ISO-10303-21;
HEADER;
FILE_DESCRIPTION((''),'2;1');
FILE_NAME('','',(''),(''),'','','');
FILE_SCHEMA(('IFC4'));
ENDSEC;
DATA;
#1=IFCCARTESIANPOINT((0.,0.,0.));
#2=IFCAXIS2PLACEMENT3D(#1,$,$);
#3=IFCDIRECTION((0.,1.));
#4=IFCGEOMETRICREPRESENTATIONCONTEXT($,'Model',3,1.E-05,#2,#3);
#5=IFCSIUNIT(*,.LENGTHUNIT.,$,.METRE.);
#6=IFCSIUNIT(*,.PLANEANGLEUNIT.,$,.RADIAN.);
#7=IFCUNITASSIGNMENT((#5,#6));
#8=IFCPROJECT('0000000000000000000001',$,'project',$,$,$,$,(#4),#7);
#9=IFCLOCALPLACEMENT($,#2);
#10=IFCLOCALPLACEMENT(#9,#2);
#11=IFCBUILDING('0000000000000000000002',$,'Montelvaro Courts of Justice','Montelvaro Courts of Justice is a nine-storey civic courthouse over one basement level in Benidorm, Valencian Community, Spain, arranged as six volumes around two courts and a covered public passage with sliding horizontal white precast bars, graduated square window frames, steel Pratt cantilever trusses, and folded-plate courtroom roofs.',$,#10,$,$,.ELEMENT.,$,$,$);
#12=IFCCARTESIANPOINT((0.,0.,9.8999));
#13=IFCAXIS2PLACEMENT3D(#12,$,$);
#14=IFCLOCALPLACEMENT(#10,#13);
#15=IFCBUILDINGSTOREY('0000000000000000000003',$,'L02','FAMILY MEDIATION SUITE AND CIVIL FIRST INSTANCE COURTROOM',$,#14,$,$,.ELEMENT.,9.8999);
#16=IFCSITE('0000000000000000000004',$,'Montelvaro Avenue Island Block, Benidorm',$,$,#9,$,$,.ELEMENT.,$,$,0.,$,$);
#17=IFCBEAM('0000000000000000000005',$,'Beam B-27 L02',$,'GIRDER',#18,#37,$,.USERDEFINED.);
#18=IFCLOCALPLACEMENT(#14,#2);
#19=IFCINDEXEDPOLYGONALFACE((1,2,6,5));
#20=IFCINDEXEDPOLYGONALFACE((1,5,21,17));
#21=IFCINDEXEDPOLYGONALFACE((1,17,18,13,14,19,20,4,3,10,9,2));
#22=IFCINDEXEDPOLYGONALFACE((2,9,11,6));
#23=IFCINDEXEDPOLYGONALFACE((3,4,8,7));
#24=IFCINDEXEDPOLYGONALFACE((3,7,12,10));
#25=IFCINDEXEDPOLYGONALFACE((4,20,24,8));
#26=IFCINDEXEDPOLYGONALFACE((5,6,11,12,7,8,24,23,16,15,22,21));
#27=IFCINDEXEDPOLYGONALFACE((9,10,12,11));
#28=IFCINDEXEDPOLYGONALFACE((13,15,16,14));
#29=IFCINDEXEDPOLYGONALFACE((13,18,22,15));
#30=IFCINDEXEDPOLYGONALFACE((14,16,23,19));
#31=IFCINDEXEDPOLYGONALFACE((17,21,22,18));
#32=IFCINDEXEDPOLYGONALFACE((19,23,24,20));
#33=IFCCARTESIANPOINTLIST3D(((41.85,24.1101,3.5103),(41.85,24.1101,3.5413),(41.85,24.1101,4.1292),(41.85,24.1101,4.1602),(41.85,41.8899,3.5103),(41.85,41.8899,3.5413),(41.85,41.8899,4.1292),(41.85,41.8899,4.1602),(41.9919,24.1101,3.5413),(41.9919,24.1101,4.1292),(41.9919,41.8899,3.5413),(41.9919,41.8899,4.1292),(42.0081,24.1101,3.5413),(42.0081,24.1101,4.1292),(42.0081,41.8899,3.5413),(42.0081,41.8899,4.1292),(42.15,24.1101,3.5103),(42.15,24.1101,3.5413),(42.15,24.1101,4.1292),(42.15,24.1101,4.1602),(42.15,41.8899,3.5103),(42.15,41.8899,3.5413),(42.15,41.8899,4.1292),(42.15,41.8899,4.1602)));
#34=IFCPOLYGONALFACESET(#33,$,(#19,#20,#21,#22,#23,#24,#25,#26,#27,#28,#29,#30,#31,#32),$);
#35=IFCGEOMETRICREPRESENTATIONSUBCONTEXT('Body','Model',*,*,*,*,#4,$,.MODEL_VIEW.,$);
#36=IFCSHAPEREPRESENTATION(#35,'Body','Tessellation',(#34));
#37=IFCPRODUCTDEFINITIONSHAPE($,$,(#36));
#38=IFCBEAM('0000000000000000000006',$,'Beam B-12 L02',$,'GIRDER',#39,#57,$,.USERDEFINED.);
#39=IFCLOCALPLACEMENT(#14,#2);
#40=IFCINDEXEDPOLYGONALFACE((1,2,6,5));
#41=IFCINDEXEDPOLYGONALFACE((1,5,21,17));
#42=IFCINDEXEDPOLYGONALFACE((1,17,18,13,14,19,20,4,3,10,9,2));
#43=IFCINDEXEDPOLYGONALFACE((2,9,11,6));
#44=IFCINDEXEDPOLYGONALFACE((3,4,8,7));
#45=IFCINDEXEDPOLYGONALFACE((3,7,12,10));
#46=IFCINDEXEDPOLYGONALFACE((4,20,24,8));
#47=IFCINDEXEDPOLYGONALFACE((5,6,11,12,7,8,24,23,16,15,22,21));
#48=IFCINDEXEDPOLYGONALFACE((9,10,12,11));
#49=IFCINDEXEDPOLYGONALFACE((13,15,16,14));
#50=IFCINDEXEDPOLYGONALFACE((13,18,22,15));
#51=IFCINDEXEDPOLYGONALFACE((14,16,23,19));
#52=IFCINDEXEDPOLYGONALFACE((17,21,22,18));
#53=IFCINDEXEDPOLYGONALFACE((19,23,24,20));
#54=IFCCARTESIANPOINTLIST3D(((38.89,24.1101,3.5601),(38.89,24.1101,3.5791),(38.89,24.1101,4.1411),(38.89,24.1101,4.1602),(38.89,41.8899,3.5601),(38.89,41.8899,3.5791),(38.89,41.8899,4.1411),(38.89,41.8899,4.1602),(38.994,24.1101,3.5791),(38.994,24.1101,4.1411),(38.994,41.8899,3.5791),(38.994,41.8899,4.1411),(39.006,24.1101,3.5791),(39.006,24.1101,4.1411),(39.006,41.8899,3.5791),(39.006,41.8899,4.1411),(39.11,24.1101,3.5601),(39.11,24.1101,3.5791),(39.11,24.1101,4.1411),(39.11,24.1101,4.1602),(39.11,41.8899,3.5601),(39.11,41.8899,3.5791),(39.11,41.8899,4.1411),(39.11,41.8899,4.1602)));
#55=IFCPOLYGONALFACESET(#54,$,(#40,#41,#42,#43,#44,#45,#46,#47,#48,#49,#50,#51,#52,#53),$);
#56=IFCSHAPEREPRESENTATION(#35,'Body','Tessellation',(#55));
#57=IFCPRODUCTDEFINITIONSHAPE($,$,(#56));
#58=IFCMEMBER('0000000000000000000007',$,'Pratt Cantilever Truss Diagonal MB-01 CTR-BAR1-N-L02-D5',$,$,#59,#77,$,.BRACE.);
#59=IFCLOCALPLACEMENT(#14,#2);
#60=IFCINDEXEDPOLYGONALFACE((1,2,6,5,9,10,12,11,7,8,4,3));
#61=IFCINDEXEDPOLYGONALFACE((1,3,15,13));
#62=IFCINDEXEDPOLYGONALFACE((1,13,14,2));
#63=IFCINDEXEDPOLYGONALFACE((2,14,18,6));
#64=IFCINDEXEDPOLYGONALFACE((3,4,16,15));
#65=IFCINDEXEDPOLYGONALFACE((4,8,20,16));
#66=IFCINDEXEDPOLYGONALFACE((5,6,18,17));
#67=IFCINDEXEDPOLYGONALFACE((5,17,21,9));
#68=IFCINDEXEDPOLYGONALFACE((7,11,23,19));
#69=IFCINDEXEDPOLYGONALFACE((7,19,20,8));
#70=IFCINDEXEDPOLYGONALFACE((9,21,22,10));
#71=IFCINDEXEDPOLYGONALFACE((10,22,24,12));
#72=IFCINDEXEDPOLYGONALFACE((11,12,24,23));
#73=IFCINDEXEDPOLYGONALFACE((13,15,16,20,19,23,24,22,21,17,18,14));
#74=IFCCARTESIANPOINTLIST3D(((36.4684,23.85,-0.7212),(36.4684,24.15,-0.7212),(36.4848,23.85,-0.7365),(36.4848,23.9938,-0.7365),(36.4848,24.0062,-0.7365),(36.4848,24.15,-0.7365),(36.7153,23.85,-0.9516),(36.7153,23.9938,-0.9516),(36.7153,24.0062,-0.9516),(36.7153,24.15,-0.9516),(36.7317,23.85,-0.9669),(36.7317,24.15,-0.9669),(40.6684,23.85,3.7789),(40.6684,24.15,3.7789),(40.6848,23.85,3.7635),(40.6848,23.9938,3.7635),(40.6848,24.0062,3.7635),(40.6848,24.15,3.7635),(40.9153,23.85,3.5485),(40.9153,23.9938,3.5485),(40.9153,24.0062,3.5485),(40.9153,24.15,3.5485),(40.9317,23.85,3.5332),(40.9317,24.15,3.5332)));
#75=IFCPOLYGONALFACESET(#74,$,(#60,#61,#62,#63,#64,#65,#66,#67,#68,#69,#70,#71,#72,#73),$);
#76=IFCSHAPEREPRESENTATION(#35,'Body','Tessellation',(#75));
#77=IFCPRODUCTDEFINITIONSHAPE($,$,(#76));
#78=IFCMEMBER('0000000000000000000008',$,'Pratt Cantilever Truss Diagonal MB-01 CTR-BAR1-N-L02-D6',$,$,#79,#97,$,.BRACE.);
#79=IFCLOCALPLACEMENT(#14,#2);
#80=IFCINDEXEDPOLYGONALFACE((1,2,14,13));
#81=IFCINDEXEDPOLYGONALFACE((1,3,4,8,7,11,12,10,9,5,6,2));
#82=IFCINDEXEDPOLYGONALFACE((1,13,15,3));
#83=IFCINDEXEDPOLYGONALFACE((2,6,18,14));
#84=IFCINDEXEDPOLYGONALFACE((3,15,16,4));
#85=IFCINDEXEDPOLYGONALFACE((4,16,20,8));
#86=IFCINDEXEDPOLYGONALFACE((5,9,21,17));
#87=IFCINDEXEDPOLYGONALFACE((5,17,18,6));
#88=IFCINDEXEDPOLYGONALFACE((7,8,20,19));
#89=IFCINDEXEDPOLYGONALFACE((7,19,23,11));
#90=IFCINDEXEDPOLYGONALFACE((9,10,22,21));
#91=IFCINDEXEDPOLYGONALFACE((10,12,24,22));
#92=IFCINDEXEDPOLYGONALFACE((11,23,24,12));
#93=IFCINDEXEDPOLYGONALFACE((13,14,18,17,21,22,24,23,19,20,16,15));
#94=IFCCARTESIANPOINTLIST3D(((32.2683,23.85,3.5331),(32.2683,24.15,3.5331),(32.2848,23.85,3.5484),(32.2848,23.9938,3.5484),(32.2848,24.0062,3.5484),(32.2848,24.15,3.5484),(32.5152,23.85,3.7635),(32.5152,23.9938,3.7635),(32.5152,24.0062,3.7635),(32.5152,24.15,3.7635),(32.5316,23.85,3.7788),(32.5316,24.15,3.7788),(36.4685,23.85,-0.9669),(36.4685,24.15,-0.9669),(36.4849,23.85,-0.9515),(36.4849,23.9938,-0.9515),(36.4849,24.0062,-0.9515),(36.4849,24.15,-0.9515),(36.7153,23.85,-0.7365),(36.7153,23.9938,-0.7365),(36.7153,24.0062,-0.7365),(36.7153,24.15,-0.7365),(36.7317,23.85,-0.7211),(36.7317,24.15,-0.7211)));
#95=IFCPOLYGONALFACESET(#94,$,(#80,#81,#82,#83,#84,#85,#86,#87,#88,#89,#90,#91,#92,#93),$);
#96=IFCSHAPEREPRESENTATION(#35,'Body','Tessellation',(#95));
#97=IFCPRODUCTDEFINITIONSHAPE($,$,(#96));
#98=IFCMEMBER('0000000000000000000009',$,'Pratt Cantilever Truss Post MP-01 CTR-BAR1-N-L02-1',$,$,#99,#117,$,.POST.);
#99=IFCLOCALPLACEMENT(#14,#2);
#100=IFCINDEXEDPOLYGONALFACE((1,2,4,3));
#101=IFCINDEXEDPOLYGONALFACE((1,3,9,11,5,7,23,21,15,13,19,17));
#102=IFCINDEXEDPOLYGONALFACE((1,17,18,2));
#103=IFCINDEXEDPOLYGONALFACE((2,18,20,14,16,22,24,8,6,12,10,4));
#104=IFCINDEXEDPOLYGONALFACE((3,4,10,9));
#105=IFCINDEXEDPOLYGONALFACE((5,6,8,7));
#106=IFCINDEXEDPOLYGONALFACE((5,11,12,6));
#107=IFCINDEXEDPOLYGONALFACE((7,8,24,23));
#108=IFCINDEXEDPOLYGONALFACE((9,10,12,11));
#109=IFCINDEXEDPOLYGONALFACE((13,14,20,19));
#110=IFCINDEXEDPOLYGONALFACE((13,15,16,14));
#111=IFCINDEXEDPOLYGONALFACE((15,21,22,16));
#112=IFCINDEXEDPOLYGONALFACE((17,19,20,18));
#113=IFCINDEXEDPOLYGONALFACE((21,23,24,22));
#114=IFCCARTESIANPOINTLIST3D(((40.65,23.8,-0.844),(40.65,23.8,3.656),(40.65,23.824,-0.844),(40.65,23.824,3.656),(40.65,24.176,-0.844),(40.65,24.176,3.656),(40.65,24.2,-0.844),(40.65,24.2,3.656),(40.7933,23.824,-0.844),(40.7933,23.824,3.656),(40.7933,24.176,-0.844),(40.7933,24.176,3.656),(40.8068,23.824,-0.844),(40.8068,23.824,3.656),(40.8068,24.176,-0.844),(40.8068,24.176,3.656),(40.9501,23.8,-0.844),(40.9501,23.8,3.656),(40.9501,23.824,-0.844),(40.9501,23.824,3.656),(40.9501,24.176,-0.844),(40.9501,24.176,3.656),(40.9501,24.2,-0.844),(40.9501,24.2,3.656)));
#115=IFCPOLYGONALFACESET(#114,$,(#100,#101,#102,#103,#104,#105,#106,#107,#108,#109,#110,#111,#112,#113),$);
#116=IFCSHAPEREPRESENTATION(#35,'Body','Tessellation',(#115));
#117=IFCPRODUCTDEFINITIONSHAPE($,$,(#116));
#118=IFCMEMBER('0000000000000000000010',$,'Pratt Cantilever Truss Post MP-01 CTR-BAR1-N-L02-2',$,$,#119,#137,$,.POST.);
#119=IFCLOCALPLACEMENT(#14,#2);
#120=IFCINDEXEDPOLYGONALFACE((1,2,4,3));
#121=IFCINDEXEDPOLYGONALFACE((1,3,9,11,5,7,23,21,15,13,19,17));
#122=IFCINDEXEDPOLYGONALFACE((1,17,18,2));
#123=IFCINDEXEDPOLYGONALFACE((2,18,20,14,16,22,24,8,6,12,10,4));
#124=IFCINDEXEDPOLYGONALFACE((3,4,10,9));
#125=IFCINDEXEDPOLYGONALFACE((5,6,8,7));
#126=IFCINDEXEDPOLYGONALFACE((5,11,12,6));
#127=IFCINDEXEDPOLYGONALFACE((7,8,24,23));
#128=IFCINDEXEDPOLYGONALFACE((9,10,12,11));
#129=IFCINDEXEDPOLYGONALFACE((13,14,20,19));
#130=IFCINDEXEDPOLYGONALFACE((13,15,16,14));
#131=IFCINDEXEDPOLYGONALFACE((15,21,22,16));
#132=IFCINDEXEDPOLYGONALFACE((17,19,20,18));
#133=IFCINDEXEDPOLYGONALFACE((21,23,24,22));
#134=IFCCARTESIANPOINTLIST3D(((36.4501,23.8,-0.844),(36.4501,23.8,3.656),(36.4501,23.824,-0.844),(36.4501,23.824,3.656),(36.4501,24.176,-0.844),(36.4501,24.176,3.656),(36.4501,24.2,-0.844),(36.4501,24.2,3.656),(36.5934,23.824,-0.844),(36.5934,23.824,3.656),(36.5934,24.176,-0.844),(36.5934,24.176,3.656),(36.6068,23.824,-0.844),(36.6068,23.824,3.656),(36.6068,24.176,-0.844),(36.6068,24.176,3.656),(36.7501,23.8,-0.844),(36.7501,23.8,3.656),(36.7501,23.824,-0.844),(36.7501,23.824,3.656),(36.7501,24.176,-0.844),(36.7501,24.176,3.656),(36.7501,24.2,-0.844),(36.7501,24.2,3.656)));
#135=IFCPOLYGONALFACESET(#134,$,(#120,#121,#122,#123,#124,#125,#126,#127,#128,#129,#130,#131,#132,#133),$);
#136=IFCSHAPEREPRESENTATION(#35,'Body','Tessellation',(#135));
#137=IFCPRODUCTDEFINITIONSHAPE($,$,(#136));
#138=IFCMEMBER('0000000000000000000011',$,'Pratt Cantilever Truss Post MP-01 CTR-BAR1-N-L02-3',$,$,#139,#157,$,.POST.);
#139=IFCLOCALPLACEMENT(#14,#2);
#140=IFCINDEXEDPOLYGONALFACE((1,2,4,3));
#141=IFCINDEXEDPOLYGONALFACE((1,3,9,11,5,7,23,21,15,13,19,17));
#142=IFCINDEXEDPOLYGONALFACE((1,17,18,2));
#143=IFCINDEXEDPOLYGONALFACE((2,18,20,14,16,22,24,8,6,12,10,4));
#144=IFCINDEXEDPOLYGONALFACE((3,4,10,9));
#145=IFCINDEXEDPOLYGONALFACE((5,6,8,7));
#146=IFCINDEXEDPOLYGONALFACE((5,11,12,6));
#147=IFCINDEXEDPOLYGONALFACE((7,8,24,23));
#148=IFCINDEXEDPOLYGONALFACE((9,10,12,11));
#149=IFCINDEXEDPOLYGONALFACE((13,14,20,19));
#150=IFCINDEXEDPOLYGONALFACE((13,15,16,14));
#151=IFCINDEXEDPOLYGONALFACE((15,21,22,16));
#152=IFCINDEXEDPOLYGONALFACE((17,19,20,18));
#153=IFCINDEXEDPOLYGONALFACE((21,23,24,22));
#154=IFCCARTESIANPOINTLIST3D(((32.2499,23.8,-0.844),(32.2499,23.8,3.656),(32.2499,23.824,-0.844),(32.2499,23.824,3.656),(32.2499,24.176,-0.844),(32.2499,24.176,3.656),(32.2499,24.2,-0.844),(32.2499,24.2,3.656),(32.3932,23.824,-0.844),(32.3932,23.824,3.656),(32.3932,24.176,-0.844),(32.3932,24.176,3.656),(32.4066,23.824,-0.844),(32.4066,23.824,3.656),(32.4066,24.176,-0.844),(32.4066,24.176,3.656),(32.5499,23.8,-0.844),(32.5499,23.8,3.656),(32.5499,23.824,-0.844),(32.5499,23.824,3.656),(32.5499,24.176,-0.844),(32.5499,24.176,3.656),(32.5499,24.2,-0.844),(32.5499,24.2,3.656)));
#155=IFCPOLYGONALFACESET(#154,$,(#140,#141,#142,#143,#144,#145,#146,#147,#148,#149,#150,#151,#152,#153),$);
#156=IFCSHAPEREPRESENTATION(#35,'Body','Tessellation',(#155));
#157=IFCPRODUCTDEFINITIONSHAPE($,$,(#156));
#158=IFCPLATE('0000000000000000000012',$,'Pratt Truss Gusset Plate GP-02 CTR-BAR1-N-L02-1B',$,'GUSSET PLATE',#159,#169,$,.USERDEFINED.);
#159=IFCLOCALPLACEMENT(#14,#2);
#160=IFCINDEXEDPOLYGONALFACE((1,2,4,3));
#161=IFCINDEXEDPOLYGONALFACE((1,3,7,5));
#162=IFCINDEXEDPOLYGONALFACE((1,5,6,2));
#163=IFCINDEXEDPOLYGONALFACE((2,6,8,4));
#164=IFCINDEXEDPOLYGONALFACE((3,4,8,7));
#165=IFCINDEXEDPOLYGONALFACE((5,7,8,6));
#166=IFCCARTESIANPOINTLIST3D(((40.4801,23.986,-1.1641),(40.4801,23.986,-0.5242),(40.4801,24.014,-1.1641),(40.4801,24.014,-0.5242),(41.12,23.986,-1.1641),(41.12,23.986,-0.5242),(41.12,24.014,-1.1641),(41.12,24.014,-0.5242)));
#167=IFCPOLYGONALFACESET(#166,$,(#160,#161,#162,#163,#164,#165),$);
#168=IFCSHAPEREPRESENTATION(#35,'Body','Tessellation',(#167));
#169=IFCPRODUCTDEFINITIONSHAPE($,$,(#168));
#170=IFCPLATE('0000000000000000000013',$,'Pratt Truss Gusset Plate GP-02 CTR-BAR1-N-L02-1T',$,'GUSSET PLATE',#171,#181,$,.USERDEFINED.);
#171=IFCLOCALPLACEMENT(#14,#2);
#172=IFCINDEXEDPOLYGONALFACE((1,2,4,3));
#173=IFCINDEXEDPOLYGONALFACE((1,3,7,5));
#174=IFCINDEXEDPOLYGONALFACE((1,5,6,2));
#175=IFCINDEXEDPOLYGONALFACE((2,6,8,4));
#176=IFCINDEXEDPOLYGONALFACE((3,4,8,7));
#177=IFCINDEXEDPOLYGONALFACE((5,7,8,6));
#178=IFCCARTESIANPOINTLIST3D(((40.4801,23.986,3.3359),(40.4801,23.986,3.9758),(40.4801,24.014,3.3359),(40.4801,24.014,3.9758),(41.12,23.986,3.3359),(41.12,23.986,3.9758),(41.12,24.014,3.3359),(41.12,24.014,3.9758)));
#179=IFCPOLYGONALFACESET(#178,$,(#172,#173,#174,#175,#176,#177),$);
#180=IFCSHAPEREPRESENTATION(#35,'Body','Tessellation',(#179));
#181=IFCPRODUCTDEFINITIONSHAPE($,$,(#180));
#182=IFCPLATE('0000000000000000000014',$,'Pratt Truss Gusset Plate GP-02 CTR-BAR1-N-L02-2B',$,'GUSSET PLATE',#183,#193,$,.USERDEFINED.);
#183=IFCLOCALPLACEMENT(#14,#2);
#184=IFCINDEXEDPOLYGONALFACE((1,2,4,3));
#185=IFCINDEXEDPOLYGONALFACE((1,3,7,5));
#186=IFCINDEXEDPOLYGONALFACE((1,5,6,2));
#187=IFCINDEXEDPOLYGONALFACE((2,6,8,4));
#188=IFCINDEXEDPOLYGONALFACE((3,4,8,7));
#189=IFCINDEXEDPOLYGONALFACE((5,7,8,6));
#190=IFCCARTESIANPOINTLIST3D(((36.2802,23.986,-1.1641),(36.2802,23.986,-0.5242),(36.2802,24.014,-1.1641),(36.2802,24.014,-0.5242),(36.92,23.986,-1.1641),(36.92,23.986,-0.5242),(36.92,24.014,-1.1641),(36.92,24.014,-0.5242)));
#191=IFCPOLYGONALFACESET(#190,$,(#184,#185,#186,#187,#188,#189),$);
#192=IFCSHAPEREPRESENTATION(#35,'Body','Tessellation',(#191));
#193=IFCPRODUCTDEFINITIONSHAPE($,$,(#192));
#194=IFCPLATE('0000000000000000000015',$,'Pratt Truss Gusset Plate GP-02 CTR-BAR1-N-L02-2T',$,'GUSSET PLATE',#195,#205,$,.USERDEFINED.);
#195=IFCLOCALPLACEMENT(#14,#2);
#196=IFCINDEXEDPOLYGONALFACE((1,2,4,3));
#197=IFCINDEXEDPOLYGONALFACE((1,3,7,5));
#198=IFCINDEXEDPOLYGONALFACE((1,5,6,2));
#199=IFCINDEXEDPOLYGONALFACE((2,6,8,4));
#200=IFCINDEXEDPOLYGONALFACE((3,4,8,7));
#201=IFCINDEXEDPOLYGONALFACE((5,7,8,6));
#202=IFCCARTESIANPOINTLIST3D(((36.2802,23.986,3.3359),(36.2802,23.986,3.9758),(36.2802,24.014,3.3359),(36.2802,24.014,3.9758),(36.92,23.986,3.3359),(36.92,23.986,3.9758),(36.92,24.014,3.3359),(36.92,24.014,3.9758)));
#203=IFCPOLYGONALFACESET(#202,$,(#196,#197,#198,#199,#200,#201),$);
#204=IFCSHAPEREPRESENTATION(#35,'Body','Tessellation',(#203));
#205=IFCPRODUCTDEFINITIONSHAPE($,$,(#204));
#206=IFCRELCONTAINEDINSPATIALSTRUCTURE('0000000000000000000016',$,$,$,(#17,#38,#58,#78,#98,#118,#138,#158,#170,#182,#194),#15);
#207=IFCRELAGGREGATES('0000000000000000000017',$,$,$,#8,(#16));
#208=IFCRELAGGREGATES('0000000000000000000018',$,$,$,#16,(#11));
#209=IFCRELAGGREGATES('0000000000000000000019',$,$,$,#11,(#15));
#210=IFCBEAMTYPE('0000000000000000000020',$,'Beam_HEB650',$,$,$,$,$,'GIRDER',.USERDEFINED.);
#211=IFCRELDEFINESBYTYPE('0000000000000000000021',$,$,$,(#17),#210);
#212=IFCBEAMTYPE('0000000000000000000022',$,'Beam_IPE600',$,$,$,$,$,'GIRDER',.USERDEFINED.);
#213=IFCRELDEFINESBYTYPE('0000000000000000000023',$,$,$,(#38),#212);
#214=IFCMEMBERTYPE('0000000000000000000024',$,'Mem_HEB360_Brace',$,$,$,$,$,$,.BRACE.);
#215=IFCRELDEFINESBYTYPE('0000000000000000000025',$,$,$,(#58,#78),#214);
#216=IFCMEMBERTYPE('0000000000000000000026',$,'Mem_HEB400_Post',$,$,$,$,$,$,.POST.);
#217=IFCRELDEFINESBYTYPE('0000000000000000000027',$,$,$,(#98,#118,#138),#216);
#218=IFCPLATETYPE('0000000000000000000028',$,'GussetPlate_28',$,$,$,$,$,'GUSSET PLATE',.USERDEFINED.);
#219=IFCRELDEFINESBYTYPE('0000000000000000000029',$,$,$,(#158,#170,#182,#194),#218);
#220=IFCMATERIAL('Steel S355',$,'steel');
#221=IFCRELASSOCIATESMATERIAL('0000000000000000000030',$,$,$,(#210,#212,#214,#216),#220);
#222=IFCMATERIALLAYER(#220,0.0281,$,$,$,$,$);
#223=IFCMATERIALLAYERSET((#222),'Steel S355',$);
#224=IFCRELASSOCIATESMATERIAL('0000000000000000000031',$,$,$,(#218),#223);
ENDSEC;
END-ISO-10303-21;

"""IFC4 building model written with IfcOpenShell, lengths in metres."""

from ifc_helpers import new_model, si_unit, direction, frame, origin, origin_2d, place, context, subcontext, project, spatial, rectangle, i_section, extrude, material, layer, layer_set, material_profile, profile_set, type_object, element, save


model = new_model("IFC4")

# Units and contexts
model_context = context("Model", 3, precision=1e-05, world=origin(), true_north=direction((0.0, 1.0)))
body_context = subcontext(model_context, "Body", "Model", "MODEL_VIEW")
ifc_project = project(units=[si_unit("LENGTHUNIT", "METRE"), si_unit("PLANEANGLEUNIT", "RADIAN")], contexts=[model_context])

# Site, building, storey
site_placement = place(None, origin())
site = spatial("IfcSite", under=ifc_project, at=site_placement, Name="Montelvaro Avenue Island Block, Benidorm", CompositionType="ELEMENT", RefElevation=0.0)
building_placement = place(site_placement, origin())
building = spatial("IfcBuilding", under=site, at=building_placement, Name="Montelvaro Courts of Justice", Description="Montelvaro Courts of Justice is a nine-storey civic courthouse over one basement level in Benidorm, Valencian Community, Spain, arranged as six volumes around two courts and a covered public passage with sliding horizontal white precast bars, graduated square window frames, steel Pratt cantilever trusses, and folded-plate courtroom roofs.", CompositionType="ELEMENT")
storey_placement = place(building_placement, frame((0.0, 0.0, 9.8999)))
storey = spatial("IfcBuildingStorey", under=building, at=storey_placement, Name="L02", Description="FAMILY MEDIATION SUITE AND CIVIL FIRST INSTANCE COURTROOM", CompositionType="ELEMENT", Elevation=9.8999)

# Beams
ifc_material_1 = material(Name="Steel S355", Category="steel")
ifc_material_profile_1 = material_profile(ifc_material_1, i_section(OverallWidth=0.3, OverallDepth=0.6499, WebThickness=0.0161, FlangeThickness=0.031, at=origin_2d()), Name="HEB 650")
ifc_profile_set_1 = profile_set([ifc_material_profile_1], Name="Steel S355")
beam_type_1 = type_object("IfcBeamType", Name="Beam_HEB650", ElementType="GIRDER", PredefinedType="USERDEFINED", material=ifc_profile_set_1)
beam_1_placement = place(storey_placement, frame((42.0, 24.1101, 3.8352), z_axis=(0.0, 1.0, 0.0), x_axis=(-1.0, 0.0, 0.0)))
element("IfcBeam", 1, at=beam_1_placement, inside=storey, type_object=beam_type_1, Name="Beam B-27 L02", ObjectType="GIRDER", PredefinedType="USERDEFINED", context=body_context, shape_type="SweptSolid", body=[
    extrude(i_section(OverallWidth=0.3, OverallDepth=0.6499, WebThickness=0.0161, FlangeThickness=0.031, at=origin_2d()), origin(), (0.0, 0.0, 1.0), 17.7798),
])
ifc_material_profile_2 = material_profile(ifc_material_1, i_section(OverallWidth=0.22, OverallDepth=0.6001, WebThickness=0.012, FlangeThickness=0.019, at=origin_2d()), Name="IPE 600")
ifc_profile_set_2 = profile_set([ifc_material_profile_2], Name="Steel S355")
beam_type_2 = type_object("IfcBeamType", Name="Beam_IPE600", ElementType="GIRDER", PredefinedType="USERDEFINED", material=ifc_profile_set_2)
beam_2_placement = place(storey_placement, frame((39.0, 24.1101, 3.8601), z_axis=(0.0, 1.0, 0.0), x_axis=(-1.0, 0.0, 0.0)))
element("IfcBeam", 2, at=beam_2_placement, inside=storey, type_object=beam_type_2, Name="Beam B-12 L02", ObjectType="GIRDER", PredefinedType="USERDEFINED", context=body_context, shape_type="SweptSolid", body=[
    extrude(i_section(OverallWidth=0.22, OverallDepth=0.6001, WebThickness=0.012, FlangeThickness=0.019, at=origin_2d()), origin(), (0.0, 0.0, 1.0), 17.7798),
])

# Members
ifc_material_profile_3 = material_profile(ifc_material_1, i_section(OverallWidth=0.3, OverallDepth=0.3601, WebThickness=0.0125, FlangeThickness=0.0225, at=origin_2d()), Name="HEB 360")
ifc_profile_set_3 = profile_set([ifc_material_profile_3], Name="Steel S355")
member_type_1 = type_object("IfcMemberType", Name="Mem_HEB360_Brace", PredefinedType="BRACE", material=ifc_profile_set_3)
for number, where, z_axis, x_axis, name in (
    (3, (40.8, 24.0, 3.656), (-0.682314, 0.0, -0.731059), (0.0, -1.0, 0.0), "Pratt Cantilever Truss Diagonal MB-01 CTR-BAR1-N-L02-D5"),
    (4, (36.6001, 24.0, -0.844), (-0.682335, 0.0, 0.731039), (0.0, -1.0, 0.0), "Pratt Cantilever Truss Diagonal MB-01 CTR-BAR1-N-L02-D6"),
):
    element("IfcMember", number, at=place(storey_placement, frame(where, z_axis=z_axis, x_axis=x_axis)), inside=storey, type_object=member_type_1, Name=name, PredefinedType="BRACE", context=body_context, shape_type="SweptSolid", body=[
        extrude(i_section(OverallWidth=0.3, OverallDepth=0.3601, WebThickness=0.0125, FlangeThickness=0.0225, at=origin_2d()), origin(), (0.0, 0.0, 1.0), 6.1555),
    ])
ifc_material_profile_4 = material_profile(ifc_material_1, i_section(OverallWidth=0.3, OverallDepth=0.3999, WebThickness=0.0134, FlangeThickness=0.0239, at=origin_2d()), Name="HEB 400")
ifc_profile_set_4 = profile_set([ifc_material_profile_4], Name="Steel S355")
member_type_2 = type_object("IfcMemberType", Name="Mem_HEB400_Post", PredefinedType="POST", material=ifc_profile_set_4)
for number, where, z_axis, x_axis, name in (
    (5, (40.8, 24.0, -0.844), (0.0, 0.0, 1.0), (1.0, 0.0, 0.0), "Pratt Cantilever Truss Post MP-01 CTR-BAR1-N-L02-1"),
    (6, (36.6001, 24.0, -0.844), (0.0, 0.0, 1.0), (1.0, 0.0, 0.0), "Pratt Cantilever Truss Post MP-01 CTR-BAR1-N-L02-2"),
    (7, (32.3999, 24.0, -0.844), (0.0, 0.0, 1.0), (1.0, 0.0, 0.0), "Pratt Cantilever Truss Post MP-01 CTR-BAR1-N-L02-3"),
):
    element("IfcMember", number, at=place(storey_placement, frame(where, z_axis=z_axis, x_axis=x_axis)), inside=storey, type_object=member_type_2, Name=name, PredefinedType="POST", context=body_context, shape_type="SweptSolid", body=[
        extrude(i_section(OverallWidth=0.3, OverallDepth=0.3999, WebThickness=0.0134, FlangeThickness=0.0239, at=origin_2d()), origin(), (0.0, 0.0, 1.0), 4.5),
    ])

# Plates
ifc_layer_1 = layer(ifc_material_1, 0.0281)
ifc_layer_set_1 = layer_set([ifc_layer_1], Name="Steel S355")
plate_type = type_object("IfcPlateType", Name="GussetPlate_28", ElementType="GUSSET PLATE", PredefinedType="USERDEFINED", material=ifc_layer_set_1)
for number, where, z_axis, x_axis, name in (
    (8, (40.8, 24.0, -1.1641), (0.0, 0.0, 1.0), (1.0, 0.0, 0.0), "Pratt Truss Gusset Plate GP-02 CTR-BAR1-N-L02-1B"),
    (9, (40.8, 24.0, 3.3359), (0.0, 0.0, 1.0), (1.0, 0.0, 0.0), "Pratt Truss Gusset Plate GP-02 CTR-BAR1-N-L02-1T"),
    (10, (36.6001, 24.0, -1.1641), (0.0, 0.0, 1.0), (1.0, 0.0, 0.0), "Pratt Truss Gusset Plate GP-02 CTR-BAR1-N-L02-2B"),
    (11, (36.6001, 24.0, 3.3359), (0.0, 0.0, 1.0), (1.0, 0.0, 0.0), "Pratt Truss Gusset Plate GP-02 CTR-BAR1-N-L02-2T"),
):
    element("IfcPlate", number, at=place(storey_placement, frame(where, z_axis=z_axis, x_axis=x_axis)), inside=storey, type_object=plate_type, Name=name, ObjectType="GUSSET PLATE", PredefinedType="USERDEFINED", context=body_context, shape_type="SweptSolid", body=[
        extrude(rectangle(XDim=0.6399, YDim=0.0281, at=origin_2d()), origin(), (0.0, 0.0, 1.0), 0.6399),
    ])

save(model, "model.ifc")
